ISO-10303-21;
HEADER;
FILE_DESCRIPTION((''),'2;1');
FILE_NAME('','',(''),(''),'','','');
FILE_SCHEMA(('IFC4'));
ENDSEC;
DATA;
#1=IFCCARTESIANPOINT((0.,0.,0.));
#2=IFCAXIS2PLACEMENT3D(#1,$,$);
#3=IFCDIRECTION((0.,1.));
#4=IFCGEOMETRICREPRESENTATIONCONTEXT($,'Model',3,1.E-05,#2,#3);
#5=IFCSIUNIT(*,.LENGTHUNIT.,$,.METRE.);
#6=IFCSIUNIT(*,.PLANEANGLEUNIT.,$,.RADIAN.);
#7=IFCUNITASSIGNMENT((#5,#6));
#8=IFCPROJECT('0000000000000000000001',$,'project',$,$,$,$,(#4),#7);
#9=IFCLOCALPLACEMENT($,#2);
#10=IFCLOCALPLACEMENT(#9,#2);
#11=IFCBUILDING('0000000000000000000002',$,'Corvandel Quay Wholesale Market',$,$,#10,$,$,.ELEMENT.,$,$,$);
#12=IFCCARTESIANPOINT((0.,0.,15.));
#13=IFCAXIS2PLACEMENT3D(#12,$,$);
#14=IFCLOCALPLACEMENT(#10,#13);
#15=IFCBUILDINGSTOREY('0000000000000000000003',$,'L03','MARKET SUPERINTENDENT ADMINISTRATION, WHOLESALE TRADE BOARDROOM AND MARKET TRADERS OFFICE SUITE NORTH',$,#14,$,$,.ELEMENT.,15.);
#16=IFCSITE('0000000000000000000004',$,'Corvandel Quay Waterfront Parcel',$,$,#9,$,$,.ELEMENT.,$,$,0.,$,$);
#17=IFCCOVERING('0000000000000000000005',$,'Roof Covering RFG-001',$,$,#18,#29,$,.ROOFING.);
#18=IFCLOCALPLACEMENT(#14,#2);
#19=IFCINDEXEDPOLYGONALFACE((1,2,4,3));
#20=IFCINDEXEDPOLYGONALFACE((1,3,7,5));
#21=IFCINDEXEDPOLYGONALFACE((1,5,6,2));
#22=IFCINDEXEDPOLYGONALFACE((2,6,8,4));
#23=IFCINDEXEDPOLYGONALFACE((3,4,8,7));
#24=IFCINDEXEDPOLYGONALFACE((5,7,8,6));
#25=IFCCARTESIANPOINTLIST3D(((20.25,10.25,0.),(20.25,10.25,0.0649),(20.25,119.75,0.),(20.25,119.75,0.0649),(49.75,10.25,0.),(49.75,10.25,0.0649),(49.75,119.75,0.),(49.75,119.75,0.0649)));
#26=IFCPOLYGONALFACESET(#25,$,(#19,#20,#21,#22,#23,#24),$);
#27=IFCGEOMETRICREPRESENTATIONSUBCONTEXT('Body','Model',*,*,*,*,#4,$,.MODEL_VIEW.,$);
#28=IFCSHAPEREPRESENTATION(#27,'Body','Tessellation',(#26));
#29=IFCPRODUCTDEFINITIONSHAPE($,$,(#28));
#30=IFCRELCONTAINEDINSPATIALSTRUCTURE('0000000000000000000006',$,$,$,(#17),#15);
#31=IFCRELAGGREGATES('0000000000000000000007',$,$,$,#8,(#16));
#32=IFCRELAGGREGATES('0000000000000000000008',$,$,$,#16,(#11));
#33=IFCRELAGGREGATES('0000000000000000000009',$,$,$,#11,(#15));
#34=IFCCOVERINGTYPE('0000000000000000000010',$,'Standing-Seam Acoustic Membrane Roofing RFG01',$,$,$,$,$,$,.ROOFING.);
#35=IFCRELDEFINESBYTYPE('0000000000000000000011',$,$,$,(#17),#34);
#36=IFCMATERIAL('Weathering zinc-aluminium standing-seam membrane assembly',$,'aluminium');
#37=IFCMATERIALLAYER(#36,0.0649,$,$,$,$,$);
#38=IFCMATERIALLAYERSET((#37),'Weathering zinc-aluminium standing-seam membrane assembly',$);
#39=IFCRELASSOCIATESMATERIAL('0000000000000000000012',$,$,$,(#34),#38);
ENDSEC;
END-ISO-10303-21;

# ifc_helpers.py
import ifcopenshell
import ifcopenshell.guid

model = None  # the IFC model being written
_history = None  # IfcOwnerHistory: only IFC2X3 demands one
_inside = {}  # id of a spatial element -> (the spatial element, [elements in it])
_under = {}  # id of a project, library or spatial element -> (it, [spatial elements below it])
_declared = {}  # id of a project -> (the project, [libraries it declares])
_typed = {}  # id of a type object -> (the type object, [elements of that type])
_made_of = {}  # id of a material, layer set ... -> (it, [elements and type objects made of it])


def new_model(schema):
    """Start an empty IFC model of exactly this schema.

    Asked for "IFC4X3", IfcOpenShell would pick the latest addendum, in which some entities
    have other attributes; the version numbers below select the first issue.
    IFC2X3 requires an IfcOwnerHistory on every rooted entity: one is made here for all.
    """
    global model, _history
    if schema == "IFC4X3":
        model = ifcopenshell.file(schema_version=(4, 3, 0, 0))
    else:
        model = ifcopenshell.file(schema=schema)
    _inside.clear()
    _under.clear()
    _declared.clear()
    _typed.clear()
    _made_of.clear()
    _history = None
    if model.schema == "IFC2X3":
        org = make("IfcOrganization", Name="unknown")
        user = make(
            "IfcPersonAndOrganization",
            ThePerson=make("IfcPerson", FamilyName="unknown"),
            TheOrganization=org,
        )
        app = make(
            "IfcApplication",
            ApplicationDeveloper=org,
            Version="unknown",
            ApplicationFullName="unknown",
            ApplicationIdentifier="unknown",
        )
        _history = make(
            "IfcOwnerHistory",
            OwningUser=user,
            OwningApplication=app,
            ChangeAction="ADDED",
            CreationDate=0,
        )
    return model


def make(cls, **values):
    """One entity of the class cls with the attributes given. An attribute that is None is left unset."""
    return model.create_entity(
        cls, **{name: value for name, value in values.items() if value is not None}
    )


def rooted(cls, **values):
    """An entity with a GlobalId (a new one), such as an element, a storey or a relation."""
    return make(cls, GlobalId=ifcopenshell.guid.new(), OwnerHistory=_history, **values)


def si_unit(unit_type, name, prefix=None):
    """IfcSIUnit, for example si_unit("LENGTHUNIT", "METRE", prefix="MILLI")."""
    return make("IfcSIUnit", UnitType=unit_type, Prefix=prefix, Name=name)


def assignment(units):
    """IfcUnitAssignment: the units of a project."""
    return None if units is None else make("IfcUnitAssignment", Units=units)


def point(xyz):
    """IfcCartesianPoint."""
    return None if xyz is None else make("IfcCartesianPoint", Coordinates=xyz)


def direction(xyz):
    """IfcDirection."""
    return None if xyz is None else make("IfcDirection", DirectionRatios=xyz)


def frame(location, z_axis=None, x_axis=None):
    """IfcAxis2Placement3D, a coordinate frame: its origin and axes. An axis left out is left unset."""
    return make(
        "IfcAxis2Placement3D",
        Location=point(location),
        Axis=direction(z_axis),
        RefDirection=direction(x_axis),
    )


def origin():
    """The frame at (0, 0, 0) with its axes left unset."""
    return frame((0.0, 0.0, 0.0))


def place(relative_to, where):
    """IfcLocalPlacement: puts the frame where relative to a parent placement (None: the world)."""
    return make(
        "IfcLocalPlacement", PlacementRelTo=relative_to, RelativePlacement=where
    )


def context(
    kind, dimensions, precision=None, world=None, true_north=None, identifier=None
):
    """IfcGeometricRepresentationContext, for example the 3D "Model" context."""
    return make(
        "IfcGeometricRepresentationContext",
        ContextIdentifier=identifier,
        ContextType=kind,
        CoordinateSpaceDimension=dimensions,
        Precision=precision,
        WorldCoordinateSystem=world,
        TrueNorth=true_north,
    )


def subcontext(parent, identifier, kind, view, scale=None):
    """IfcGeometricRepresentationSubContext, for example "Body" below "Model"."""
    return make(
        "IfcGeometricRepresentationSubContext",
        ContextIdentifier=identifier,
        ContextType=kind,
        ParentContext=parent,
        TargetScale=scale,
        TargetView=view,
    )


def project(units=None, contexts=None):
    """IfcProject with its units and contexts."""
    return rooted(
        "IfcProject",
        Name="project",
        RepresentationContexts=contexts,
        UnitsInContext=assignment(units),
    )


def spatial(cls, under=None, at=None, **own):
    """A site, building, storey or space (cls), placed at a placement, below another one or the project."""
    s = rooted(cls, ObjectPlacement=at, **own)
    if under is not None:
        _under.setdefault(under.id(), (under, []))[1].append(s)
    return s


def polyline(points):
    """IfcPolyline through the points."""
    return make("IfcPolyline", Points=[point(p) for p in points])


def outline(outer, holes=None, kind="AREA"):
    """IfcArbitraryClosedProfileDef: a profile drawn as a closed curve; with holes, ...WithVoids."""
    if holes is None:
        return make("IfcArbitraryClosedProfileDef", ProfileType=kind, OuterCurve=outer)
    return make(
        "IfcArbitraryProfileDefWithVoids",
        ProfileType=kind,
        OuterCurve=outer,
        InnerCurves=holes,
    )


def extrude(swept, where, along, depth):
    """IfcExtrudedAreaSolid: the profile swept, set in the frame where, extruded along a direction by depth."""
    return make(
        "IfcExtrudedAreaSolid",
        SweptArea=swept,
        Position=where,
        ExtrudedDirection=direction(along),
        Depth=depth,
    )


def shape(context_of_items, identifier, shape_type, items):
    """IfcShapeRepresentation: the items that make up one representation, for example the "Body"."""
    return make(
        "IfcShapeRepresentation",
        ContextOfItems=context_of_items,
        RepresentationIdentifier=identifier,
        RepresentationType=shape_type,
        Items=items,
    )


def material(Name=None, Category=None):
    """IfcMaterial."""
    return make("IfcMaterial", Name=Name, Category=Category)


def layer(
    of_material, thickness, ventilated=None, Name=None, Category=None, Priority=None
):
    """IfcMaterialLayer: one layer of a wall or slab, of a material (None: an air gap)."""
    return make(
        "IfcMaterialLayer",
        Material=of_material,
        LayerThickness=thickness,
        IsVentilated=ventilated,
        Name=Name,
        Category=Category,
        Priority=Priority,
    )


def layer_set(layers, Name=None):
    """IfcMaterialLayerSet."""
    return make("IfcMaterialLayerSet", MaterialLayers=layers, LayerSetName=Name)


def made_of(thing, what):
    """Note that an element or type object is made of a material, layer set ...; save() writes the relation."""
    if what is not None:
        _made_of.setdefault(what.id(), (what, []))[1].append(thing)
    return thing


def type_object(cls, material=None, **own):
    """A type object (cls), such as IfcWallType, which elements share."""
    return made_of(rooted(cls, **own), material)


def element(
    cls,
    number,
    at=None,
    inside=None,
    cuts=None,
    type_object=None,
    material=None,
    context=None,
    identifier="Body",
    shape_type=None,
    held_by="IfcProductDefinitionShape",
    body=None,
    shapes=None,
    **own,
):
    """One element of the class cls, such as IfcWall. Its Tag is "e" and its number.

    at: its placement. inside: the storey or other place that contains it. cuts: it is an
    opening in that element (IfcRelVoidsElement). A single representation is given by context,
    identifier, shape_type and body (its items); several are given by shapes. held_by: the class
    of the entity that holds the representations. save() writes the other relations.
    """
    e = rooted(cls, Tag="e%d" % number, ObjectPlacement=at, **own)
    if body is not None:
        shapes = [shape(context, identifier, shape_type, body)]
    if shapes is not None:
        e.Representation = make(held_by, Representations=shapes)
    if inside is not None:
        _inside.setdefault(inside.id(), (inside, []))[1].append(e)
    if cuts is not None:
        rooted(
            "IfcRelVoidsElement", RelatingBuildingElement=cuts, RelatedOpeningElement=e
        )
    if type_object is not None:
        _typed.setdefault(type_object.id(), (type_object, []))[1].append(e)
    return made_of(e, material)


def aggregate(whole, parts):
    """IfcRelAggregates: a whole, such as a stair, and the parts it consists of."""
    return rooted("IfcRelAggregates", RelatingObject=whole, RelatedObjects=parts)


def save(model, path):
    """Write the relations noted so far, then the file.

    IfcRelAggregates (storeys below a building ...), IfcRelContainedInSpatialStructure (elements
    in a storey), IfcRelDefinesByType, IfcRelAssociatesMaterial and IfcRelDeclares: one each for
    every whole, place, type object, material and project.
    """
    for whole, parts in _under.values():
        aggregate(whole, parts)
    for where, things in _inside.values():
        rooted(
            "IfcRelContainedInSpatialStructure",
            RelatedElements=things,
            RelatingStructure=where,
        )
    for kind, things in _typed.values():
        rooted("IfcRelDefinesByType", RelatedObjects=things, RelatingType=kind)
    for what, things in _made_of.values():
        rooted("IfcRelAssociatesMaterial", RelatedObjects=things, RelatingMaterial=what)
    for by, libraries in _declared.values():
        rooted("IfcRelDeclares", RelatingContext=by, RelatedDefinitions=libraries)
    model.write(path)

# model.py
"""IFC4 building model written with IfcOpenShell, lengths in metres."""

from ifc_helpers import new_model, si_unit, direction, frame, origin, place, context, subcontext, project, spatial, polyline, outline, extrude, material, layer, layer_set, type_object, element, save


model = new_model("IFC4")

# Units and contexts
model_context = context("Model", 3, precision=1e-05, world=origin(), true_north=direction((0.0, 1.0)))
body_context = subcontext(model_context, "Body", "Model", "MODEL_VIEW")
ifc_project = project(units=[si_unit("LENGTHUNIT", "METRE"), si_unit("PLANEANGLEUNIT", "RADIAN")], contexts=[model_context])

# Site, building, storey
site_placement = place(None, origin())
site = spatial("IfcSite", under=ifc_project, at=site_placement, Name="Corvandel Quay Waterfront Parcel", CompositionType="ELEMENT", RefElevation=0.0)
building_placement = place(site_placement, origin())
building = spatial("IfcBuilding", under=site, at=building_placement, Name="Corvandel Quay Wholesale Market", CompositionType="ELEMENT")
storey_placement = place(building_placement, frame((0.0, 0.0, 15.0)))
storey = spatial("IfcBuildingStorey", under=building, at=storey_placement, Name="L03", Description="MARKET SUPERINTENDENT ADMINISTRATION, WHOLESALE TRADE BOARDROOM AND MARKET TRADERS OFFICE SUITE NORTH", CompositionType="ELEMENT", Elevation=15.0)

# Covering
ifc_material_1 = material(Name="Weathering zinc-aluminium standing-seam membrane assembly", Category="aluminium")
ifc_layer_1 = layer(ifc_material_1, 0.0649)
ifc_layer_set_1 = layer_set([ifc_layer_1], Name="Weathering zinc-aluminium standing-seam membrane assembly")
covering_type_1 = type_object("IfcCoveringType", Name="Standing-Seam Acoustic Membrane Roofing RFG01", PredefinedType="ROOFING", material=ifc_layer_set_1)
covering_1_placement = place(storey_placement, origin())
element("IfcCovering", 1, at=covering_1_placement, inside=storey, type_object=covering_type_1, Name="Roof Covering RFG-001", PredefinedType="ROOFING", context=body_context, shape_type="SweptSolid", body=[
    extrude(outline(polyline([(20.25, 10.25), (20.25, 119.75), (49.75, 119.75), (49.75, 10.25), (20.25, 10.25)])), origin(), (0.0, 0.0, 1.0), 0.0649),
])

save(model, "model.ifc")
